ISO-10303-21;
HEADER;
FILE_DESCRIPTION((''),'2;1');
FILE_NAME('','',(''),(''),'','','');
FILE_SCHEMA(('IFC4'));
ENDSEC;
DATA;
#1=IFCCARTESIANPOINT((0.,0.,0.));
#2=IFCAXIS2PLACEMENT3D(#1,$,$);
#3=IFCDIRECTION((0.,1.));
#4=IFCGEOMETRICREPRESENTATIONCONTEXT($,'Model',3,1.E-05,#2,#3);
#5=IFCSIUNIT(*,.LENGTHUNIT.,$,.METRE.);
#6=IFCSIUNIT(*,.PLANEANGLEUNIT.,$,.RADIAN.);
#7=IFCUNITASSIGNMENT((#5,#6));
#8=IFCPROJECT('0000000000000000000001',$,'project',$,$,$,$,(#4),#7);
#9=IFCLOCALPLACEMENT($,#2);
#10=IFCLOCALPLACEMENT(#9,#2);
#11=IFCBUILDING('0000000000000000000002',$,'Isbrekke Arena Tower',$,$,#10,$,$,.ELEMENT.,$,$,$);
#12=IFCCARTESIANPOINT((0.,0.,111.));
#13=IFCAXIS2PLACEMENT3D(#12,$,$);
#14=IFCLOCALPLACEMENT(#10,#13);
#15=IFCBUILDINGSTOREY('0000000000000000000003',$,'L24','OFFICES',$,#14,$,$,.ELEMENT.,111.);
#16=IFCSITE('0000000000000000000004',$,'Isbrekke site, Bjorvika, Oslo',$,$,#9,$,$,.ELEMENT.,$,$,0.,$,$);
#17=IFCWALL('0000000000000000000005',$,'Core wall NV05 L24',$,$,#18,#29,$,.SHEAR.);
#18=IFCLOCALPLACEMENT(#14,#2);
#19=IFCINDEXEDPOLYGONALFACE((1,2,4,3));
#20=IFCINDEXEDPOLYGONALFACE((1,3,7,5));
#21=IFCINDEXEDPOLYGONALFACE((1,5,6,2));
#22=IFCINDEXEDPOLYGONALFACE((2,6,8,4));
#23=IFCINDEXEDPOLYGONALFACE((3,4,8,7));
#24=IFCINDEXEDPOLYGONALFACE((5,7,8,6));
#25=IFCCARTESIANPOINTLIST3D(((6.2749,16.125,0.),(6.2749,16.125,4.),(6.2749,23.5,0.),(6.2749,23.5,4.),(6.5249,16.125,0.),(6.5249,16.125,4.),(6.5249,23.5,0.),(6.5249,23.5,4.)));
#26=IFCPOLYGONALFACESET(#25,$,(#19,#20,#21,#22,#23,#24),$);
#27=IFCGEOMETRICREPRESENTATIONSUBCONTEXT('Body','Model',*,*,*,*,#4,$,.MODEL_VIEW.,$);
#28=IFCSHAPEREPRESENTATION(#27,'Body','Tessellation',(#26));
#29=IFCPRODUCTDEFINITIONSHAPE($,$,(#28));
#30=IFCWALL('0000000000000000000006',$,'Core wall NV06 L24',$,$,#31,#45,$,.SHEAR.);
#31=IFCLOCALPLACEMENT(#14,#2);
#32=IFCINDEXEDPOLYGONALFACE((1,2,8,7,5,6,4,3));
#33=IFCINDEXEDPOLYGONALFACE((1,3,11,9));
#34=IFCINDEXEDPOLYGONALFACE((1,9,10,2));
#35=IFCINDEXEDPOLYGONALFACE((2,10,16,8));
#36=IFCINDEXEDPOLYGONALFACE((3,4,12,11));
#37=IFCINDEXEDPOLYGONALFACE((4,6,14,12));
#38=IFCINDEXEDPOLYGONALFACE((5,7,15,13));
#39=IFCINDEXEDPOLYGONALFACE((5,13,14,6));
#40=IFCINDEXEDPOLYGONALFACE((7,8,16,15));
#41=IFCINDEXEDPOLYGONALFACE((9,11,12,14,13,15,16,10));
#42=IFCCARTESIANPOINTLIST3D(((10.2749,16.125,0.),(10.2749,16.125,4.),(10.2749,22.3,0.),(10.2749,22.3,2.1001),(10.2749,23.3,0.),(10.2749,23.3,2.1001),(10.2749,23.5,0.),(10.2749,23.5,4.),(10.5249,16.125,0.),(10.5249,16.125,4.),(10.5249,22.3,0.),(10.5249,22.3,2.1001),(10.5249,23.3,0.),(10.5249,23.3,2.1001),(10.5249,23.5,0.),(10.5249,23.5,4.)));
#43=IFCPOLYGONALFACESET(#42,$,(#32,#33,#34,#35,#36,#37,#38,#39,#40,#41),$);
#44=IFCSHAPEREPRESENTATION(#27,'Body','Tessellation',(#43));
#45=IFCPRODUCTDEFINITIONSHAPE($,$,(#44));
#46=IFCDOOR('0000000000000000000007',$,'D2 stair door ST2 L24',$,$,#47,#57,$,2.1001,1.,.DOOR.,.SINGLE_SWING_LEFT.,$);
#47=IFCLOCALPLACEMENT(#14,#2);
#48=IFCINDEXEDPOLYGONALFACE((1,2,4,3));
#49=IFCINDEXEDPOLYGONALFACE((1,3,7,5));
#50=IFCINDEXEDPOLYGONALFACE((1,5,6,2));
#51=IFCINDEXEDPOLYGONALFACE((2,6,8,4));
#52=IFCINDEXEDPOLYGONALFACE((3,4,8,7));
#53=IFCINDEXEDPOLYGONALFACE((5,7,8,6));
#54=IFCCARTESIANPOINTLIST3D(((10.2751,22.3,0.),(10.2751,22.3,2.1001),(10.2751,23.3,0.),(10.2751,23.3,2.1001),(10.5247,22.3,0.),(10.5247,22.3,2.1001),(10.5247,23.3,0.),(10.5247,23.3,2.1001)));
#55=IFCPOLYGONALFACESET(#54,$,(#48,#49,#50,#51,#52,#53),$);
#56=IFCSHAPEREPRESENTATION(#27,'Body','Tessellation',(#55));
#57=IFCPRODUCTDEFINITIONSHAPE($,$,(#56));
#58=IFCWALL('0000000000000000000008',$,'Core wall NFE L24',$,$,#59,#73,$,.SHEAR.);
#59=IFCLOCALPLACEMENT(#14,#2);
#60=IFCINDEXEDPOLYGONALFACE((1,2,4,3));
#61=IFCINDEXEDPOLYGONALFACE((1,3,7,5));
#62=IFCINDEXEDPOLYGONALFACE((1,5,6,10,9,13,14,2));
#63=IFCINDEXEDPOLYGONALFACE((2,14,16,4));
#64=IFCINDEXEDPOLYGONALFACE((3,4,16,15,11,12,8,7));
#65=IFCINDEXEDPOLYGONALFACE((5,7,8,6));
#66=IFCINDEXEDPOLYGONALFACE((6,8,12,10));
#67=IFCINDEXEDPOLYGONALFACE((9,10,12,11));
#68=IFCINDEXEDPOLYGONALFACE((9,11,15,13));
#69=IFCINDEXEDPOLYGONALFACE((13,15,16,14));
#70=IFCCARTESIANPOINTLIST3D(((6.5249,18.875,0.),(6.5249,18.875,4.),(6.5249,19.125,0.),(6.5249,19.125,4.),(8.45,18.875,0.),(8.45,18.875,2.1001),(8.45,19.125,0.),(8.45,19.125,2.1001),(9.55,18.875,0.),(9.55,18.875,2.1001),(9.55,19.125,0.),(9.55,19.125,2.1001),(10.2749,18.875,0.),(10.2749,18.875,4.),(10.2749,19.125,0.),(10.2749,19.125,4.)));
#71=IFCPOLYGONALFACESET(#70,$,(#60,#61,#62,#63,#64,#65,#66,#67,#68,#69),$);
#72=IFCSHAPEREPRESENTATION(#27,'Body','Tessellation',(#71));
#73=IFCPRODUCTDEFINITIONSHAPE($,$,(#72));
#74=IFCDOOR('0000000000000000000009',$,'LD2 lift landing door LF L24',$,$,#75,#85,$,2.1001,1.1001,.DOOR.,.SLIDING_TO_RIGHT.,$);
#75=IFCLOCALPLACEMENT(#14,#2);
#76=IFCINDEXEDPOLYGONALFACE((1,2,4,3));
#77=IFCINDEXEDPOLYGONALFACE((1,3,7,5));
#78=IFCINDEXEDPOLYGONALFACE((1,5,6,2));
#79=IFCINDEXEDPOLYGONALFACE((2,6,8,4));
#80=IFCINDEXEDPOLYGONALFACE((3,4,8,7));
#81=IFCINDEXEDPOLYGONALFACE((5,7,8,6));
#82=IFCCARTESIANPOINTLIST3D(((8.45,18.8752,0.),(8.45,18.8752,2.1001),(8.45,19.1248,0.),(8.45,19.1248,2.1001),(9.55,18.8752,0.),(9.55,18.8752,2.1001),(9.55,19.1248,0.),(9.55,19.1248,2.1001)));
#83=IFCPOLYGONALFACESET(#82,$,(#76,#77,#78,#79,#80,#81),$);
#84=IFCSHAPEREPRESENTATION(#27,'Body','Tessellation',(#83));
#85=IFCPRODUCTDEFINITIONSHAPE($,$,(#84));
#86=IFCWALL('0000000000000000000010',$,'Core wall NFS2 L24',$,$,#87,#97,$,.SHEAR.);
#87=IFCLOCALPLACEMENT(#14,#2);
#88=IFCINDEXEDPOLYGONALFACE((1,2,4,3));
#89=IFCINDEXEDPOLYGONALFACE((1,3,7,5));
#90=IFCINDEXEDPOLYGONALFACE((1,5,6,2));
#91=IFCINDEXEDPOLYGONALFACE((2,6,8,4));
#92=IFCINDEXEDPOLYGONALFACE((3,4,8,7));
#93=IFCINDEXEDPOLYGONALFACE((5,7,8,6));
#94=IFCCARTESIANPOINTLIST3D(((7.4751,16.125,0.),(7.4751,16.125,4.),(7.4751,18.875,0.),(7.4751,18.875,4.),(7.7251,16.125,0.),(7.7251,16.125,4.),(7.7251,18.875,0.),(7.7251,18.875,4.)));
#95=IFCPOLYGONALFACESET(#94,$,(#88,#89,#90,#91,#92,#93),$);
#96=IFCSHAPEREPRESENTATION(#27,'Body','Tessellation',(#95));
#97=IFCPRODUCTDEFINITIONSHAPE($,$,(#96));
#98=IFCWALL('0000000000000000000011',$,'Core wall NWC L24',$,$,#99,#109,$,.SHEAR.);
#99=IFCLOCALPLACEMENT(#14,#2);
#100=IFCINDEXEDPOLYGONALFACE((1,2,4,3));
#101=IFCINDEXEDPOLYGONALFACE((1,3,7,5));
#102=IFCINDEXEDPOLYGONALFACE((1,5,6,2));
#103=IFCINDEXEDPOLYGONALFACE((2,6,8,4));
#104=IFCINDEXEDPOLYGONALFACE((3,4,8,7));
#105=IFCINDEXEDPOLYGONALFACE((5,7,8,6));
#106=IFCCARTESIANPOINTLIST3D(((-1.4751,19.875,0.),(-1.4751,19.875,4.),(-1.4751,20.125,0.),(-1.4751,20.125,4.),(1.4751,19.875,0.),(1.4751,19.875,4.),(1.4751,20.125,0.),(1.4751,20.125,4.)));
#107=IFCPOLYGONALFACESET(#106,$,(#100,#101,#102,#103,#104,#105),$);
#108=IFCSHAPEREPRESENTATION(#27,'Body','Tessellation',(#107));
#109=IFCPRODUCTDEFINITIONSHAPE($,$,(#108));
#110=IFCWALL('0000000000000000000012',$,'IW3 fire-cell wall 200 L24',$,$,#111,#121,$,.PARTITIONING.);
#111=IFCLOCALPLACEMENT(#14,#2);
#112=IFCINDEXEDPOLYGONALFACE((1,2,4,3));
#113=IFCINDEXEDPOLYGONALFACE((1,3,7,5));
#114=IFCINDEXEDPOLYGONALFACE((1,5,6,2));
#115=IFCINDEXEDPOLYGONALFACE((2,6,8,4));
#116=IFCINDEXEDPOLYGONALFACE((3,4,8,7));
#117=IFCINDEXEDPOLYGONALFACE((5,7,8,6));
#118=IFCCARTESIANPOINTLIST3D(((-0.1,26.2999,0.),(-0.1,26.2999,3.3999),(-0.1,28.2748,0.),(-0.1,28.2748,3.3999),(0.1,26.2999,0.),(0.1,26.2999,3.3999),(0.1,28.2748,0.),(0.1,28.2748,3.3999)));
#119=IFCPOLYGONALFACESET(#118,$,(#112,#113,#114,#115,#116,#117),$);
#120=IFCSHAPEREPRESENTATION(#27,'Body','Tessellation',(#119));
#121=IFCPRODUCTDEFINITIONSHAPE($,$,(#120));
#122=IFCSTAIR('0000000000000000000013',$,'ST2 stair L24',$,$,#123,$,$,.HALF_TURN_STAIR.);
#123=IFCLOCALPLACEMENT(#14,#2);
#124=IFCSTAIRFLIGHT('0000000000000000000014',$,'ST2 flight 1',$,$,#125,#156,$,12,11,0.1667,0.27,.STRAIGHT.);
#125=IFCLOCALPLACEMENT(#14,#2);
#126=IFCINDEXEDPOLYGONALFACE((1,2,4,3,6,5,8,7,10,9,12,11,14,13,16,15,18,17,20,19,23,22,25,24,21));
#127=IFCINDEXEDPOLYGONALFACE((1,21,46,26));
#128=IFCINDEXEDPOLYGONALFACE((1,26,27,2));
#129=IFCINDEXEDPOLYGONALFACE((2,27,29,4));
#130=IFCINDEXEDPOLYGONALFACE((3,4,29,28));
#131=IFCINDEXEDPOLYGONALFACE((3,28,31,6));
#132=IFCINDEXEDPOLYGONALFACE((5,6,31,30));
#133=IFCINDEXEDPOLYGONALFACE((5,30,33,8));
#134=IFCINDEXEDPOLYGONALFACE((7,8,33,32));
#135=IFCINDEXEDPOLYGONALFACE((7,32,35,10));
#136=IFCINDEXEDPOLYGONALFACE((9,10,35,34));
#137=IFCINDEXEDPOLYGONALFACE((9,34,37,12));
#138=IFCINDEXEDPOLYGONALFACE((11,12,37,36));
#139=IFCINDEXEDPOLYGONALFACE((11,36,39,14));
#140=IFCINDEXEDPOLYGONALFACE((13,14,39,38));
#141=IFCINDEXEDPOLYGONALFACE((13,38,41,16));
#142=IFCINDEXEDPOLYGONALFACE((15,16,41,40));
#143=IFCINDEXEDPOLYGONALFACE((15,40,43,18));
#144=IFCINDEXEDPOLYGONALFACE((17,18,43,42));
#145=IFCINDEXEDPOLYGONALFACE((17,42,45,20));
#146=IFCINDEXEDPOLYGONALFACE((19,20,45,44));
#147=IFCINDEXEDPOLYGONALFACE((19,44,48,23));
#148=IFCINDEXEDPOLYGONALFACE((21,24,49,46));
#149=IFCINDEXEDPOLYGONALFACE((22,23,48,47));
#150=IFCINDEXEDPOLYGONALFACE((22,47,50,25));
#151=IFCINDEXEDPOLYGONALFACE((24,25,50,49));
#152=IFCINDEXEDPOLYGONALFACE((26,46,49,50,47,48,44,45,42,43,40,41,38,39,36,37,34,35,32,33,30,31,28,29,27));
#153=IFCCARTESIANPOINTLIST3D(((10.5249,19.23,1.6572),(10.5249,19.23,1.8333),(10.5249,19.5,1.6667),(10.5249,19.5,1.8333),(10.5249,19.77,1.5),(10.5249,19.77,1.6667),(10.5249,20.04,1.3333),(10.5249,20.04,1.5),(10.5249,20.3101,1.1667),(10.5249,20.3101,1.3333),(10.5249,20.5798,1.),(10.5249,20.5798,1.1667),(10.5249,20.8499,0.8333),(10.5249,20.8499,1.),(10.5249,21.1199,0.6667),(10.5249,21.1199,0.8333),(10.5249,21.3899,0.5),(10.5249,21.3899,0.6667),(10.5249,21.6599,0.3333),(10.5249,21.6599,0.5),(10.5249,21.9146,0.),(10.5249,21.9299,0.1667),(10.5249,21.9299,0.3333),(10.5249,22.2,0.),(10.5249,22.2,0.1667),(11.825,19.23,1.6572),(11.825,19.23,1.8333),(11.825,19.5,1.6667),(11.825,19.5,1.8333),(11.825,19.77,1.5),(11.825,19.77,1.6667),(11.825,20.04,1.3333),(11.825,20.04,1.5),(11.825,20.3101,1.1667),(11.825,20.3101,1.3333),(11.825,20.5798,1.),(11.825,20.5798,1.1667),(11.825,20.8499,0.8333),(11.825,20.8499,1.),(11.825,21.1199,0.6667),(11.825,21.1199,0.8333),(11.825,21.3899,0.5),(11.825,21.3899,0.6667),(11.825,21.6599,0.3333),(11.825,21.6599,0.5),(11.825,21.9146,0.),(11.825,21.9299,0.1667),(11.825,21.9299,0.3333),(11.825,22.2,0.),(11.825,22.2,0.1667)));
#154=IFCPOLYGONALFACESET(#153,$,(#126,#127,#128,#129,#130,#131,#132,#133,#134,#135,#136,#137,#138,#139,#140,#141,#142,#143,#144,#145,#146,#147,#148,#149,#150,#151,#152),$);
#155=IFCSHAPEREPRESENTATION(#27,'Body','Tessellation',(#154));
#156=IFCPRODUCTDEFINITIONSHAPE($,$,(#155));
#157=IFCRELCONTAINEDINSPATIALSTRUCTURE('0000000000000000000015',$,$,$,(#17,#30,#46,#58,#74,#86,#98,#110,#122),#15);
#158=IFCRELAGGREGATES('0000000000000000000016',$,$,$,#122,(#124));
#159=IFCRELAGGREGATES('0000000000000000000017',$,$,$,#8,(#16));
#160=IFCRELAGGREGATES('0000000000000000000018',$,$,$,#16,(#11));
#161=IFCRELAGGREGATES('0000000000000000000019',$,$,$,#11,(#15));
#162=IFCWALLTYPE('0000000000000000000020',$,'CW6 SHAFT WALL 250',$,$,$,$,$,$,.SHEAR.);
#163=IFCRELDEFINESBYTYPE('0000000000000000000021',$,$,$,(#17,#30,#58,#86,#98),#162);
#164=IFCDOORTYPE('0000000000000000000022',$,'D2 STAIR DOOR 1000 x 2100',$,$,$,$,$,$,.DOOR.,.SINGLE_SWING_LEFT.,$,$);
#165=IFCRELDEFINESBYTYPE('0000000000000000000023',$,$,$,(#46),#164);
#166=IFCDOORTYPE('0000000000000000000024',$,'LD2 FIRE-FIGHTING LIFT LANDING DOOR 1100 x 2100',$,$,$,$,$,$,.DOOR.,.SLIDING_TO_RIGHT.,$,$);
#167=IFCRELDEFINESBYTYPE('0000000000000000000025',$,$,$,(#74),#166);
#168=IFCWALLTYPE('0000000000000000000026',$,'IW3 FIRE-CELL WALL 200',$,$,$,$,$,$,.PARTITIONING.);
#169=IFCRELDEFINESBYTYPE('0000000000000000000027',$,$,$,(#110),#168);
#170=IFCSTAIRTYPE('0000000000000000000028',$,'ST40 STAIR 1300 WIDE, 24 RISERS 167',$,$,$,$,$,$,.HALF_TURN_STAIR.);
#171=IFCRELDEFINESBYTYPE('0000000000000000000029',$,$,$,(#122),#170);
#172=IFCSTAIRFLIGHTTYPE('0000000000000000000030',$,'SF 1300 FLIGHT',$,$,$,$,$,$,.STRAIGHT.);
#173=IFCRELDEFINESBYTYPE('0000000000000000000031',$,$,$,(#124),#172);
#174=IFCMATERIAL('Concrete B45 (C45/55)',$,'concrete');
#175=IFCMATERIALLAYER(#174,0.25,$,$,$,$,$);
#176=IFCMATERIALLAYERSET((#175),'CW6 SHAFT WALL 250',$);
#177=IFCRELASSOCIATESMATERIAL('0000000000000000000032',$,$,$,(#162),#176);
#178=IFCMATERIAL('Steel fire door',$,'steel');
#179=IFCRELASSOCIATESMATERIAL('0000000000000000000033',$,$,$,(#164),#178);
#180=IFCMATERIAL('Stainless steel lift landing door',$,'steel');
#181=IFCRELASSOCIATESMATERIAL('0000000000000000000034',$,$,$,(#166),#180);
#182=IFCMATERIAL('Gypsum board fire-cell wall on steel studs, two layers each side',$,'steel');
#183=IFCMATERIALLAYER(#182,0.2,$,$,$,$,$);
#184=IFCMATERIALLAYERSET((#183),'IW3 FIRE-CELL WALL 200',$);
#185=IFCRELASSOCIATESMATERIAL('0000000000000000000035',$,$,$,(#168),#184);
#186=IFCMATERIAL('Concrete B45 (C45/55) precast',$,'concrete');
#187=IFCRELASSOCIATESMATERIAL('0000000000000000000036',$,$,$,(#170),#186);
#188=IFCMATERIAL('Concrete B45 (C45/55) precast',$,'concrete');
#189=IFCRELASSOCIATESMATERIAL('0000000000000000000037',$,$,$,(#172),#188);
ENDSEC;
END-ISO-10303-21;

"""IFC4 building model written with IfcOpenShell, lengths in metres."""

from ifc_helpers import new_model, si_unit, direction, frame, frame_2d, origin, place, context, subcontext, project, spatial, polyline, rectangle, outline, extrude, material, layer, layer_set, type_object, element, fill, aggregate, save


model = new_model("IFC4")

# Units and contexts
model_context = context("Model", 3, precision=1e-05, world=origin(), true_north=direction((0.0, 1.0)))
body_context = subcontext(model_context, "Body", "Model", "MODEL_VIEW")
ifc_project = project(units=[si_unit("LENGTHUNIT", "METRE"), si_unit("PLANEANGLEUNIT", "RADIAN")], contexts=[model_context])

# Site, building, storey
site_placement = place(None, origin())
site = spatial("IfcSite", under=ifc_project, at=site_placement, Name="Isbrekke site, Bjorvika, Oslo", CompositionType="ELEMENT", RefElevation=0.0)
building_placement = place(site_placement, origin())
building = spatial("IfcBuilding", under=site, at=building_placement, Name="Isbrekke Arena Tower", CompositionType="ELEMENT")
storey_placement = place(building_placement, frame((0.0, 0.0, 111.0)))
storey = spatial("IfcBuildingStorey", under=building, at=storey_placement, Name="L24", Description="OFFICES", CompositionType="ELEMENT", Elevation=111.0)

# Wall
ifc_material_1 = material(Name="Concrete B45 (C45/55)", Category="concrete")
ifc_layer_1 = layer(ifc_material_1, 0.25)
ifc_layer_set_1 = layer_set([ifc_layer_1], Name="CW6 SHAFT WALL 250")
wall_type_1 = type_object("IfcWallType", Name="CW6 SHAFT WALL 250", PredefinedType="SHEAR", material=ifc_layer_set_1)
for number, where, z_axis, x_axis, name in (
    (1, (6.3999, 16.125, 0.0), (0.0, 0.0, 1.0), (0.0, 1.0, 0.0), "Core wall NV05 L24"),
):
    element("IfcWall", number, at=place(storey_placement, frame(where, z_axis=z_axis, x_axis=x_axis)), inside=storey, type_object=wall_type_1, Name=name, PredefinedType="SHEAR", context=body_context, shape_type="SweptSolid", body=[
        extrude(rectangle(XDim=7.375, YDim=0.25, at=frame_2d((3.6875, 0.0))), origin(), (0.0, 0.0, 1.0), 4.0),
    ])

# Walls, openings, doors
wall_1_placement = place(storey_placement, frame((10.3999, 16.125, 0.0), z_axis=(0.0, 0.0, 1.0), x_axis=(0.0, 1.0, 0.0)))
wall_1 = element("IfcWall", 2, at=wall_1_placement, inside=storey, type_object=wall_type_1, Name="Core wall NV06 L24", PredefinedType="SHEAR", context=body_context, shape_type="SweptSolid", body=[
    extrude(rectangle(XDim=7.375, YDim=0.25, at=frame_2d((3.6875, 0.0))), origin(), (0.0, 0.0, 1.0), 4.0),
])
opening_1_placement = place(wall_1_placement, frame((6.175, 0.0, 0.0)))
opening_1 = element("IfcOpeningElement", 3, at=opening_1_placement, cuts=wall_1, PredefinedType="OPENING", context=body_context, shape_type="SweptSolid", body=[
    extrude(rectangle(XDim=1.0, YDim=2.1001, at=frame_2d((0.5, 1.05))), frame((0.0, 0.1399, 0.0), z_axis=(0.0, -1.0, 0.0), x_axis=(1.0, 0.0, 0.0)), (0.0, 0.0, 1.0), 0.2798),
])
ifc_material_2 = material(Name="Steel fire door", Category="steel")
door_type_1 = type_object("IfcDoorType", Name="D2 STAIR DOOR 1000 x 2100", OperationType="SINGLE_SWING_LEFT", PredefinedType="DOOR", material=ifc_material_2)
door_1_placement = place(opening_1_placement, origin())
door_1 = element("IfcDoor", 4, at=door_1_placement, inside=storey, type_object=door_type_1, Name="D2 stair door ST2 L24", OperationType="SINGLE_SWING_LEFT", OverallHeight=2.1001, OverallWidth=1.0, PredefinedType="DOOR", context=body_context, shape_type="SweptSolid", body=[
    extrude(rectangle(XDim=1.0, YDim=2.1001, at=frame_2d((0.5, 1.05))), frame((0.0, 0.1248, 0.0), z_axis=(0.0, -1.0, 0.0), x_axis=(1.0, 0.0, 0.0)), (0.0, 0.0, 1.0), 0.2495),
])
fill(opening_1, door_1)
wall_2_placement = place(storey_placement, frame((6.5249, 19.0, 0.0), z_axis=(0.0, 0.0, 1.0), x_axis=(1.0, 0.0, 0.0)))
wall_2 = element("IfcWall", 5, at=wall_2_placement, inside=storey, type_object=wall_type_1, Name="Core wall NFE L24", PredefinedType="SHEAR", context=body_context, shape_type="SweptSolid", body=[
    extrude(rectangle(XDim=3.75, YDim=0.25, at=frame_2d((1.875, 0.0))), origin(), (0.0, 0.0, 1.0), 4.0),
])
opening_2_placement = place(wall_2_placement, frame((1.925, 0.0, 0.0)))
opening_2 = element("IfcOpeningElement", 6, at=opening_2_placement, cuts=wall_2, PredefinedType="OPENING", context=body_context, shape_type="SweptSolid", body=[
    extrude(rectangle(XDim=1.1001, YDim=2.1001, at=frame_2d((0.55, 1.05))), frame((0.0, 0.1399, 0.0), z_axis=(0.0, -1.0, 0.0), x_axis=(1.0, 0.0, 0.0)), (0.0, 0.0, 1.0), 0.2798),
])
ifc_material_3 = material(Name="Stainless steel lift landing door", Category="steel")
door_type_2 = type_object("IfcDoorType", Name="LD2 FIRE-FIGHTING LIFT LANDING DOOR 1100 x 2100", OperationType="SLIDING_TO_RIGHT", PredefinedType="DOOR", material=ifc_material_3)
door_2_placement = place(opening_2_placement, origin())
door_2 = element("IfcDoor", 7, at=door_2_placement, inside=storey, type_object=door_type_2, Name="LD2 lift landing door LF L24", OperationType="SLIDING_TO_RIGHT", OverallHeight=2.1001, OverallWidth=1.1001, PredefinedType="DOOR", context=body_context, shape_type="SweptSolid", body=[
    extrude(rectangle(XDim=1.1001, YDim=2.1001, at=frame_2d((0.55, 1.05))), frame((0.0, 0.1248, 0.0), z_axis=(0.0, -1.0, 0.0), x_axis=(1.0, 0.0, 0.0)), (0.0, 0.0, 1.0), 0.2495),
])
fill(opening_2, door_2)

# Walls
wall_3_placement = place(storey_placement, frame((7.6001, 16.125, 0.0), z_axis=(0.0, 0.0, 1.0), x_axis=(0.0, 1.0, 0.0)))
element("IfcWall", 8, at=wall_3_placement, inside=storey, type_object=wall_type_1, Name="Core wall NFS2 L24", PredefinedType="SHEAR", context=body_context, shape_type="SweptSolid", body=[
    extrude(rectangle(XDim=2.75, YDim=0.25, at=frame_2d((1.375, 0.0))), origin(), (0.0, 0.0, 1.0), 4.0),
])
wall_4_placement = place(storey_placement, frame((-1.4751, 20.0, 0.0), z_axis=(0.0, 0.0, 1.0), x_axis=(1.0, 0.0, 0.0)))
element("IfcWall", 9, at=wall_4_placement, inside=storey, type_object=wall_type_1, Name="Core wall NWC L24", PredefinedType="SHEAR", context=body_context, shape_type="SweptSolid", body=[
    extrude(rectangle(XDim=2.9502, YDim=0.25, at=frame_2d((1.4751, 0.0))), origin(), (0.0, 0.0, 1.0), 4.0),
])
ifc_material_4 = material(Name="Gypsum board fire-cell wall on steel studs, two layers each side", Category="steel")
ifc_layer_2 = layer(ifc_material_4, 0.2)
ifc_layer_set_2 = layer_set([ifc_layer_2], Name="IW3 FIRE-CELL WALL 200")
wall_type_2 = type_object("IfcWallType", Name="IW3 FIRE-CELL WALL 200", PredefinedType="PARTITIONING", material=ifc_layer_set_2)
wall_5_placement = place(storey_placement, frame((0.0, 26.3, 0.0), z_axis=(0.0, 0.0, 1.0), x_axis=(0.0, 1.0, 0.0)))
element("IfcWall", 10, at=wall_5_placement, inside=storey, type_object=wall_type_2, Name="IW3 fire-cell wall 200 L24", PredefinedType="PARTITIONING", context=body_context, shape_type="SweptSolid", body=[
    extrude(rectangle(XDim=1.9749, YDim=0.2, at=frame_2d((0.9873, 0.0))), origin(), (0.0, 0.0, 1.0), 3.3999),
])

# Stair, stair flight
ifc_material_5 = material(Name="Concrete B45 (C45/55) precast", Category="concrete")
stair_type = type_object("IfcStairType", Name="ST40 STAIR 1300 WIDE, 24 RISERS 167", PredefinedType="HALF_TURN_STAIR", material=ifc_material_5)
stair_placement = place(storey_placement, origin())
stair = element("IfcStair", 11, at=stair_placement, inside=storey, type_object=stair_type, Name="ST2 stair L24", PredefinedType="HALF_TURN_STAIR")
ifc_material_6 = material(Name="Concrete B45 (C45/55) precast", Category="concrete")
stair_flight_type = type_object("IfcStairFlightType", Name="SF 1300 FLIGHT", PredefinedType="STRAIGHT", material=ifc_material_6)
stair_flight_1_placement = place(storey_placement, frame((11.175, 22.2, 0.0), z_axis=(0.0, 0.0, 1.0), x_axis=(0.0, -1.0, 0.0)))
stair_flight_1 = element("IfcStairFlight", 12, at=stair_flight_1_placement, type_object=stair_flight_type, Name="ST2 flight 1", NumberOfRisers=12, NumberOfTreads=11, PredefinedType="STRAIGHT", RiserHeight=0.1667, TreadLength=0.27, context=body_context, shape_type="SweptSolid", body=[
    extrude(outline(polyline([(0.0, 0.0), (0.0, 0.1667), (0.27, 0.1667), (0.27, 0.3333), (0.54, 0.3333), (0.54, 0.5), (0.8101, 0.5), (0.8101, 0.6667), (1.0801, 0.6667), (1.0801, 0.8333), (1.3501, 0.8333), (1.3501, 1.0), (1.6201, 1.0), (1.6201, 1.1667), (1.8899, 1.1667), (1.8899, 1.3333), (2.1599, 1.3333), (2.1599, 1.5), (2.4299, 1.5), (2.4299, 1.6667), (2.7, 1.6667), (2.7, 1.8333), (2.97, 1.8333), (2.97, 2.0), (2.97, 1.6572), (0.2854, 0.0), (0.0, 0.0)])), frame((0.0, 0.6499, 0.0), z_axis=(0.0, -1.0, 0.0), x_axis=(1.0, 0.0, 0.0)), (0.0, 0.0, 1.0), 1.3),
])
aggregate(stair, [stair_flight_1])

save(model, "model.ifc")
